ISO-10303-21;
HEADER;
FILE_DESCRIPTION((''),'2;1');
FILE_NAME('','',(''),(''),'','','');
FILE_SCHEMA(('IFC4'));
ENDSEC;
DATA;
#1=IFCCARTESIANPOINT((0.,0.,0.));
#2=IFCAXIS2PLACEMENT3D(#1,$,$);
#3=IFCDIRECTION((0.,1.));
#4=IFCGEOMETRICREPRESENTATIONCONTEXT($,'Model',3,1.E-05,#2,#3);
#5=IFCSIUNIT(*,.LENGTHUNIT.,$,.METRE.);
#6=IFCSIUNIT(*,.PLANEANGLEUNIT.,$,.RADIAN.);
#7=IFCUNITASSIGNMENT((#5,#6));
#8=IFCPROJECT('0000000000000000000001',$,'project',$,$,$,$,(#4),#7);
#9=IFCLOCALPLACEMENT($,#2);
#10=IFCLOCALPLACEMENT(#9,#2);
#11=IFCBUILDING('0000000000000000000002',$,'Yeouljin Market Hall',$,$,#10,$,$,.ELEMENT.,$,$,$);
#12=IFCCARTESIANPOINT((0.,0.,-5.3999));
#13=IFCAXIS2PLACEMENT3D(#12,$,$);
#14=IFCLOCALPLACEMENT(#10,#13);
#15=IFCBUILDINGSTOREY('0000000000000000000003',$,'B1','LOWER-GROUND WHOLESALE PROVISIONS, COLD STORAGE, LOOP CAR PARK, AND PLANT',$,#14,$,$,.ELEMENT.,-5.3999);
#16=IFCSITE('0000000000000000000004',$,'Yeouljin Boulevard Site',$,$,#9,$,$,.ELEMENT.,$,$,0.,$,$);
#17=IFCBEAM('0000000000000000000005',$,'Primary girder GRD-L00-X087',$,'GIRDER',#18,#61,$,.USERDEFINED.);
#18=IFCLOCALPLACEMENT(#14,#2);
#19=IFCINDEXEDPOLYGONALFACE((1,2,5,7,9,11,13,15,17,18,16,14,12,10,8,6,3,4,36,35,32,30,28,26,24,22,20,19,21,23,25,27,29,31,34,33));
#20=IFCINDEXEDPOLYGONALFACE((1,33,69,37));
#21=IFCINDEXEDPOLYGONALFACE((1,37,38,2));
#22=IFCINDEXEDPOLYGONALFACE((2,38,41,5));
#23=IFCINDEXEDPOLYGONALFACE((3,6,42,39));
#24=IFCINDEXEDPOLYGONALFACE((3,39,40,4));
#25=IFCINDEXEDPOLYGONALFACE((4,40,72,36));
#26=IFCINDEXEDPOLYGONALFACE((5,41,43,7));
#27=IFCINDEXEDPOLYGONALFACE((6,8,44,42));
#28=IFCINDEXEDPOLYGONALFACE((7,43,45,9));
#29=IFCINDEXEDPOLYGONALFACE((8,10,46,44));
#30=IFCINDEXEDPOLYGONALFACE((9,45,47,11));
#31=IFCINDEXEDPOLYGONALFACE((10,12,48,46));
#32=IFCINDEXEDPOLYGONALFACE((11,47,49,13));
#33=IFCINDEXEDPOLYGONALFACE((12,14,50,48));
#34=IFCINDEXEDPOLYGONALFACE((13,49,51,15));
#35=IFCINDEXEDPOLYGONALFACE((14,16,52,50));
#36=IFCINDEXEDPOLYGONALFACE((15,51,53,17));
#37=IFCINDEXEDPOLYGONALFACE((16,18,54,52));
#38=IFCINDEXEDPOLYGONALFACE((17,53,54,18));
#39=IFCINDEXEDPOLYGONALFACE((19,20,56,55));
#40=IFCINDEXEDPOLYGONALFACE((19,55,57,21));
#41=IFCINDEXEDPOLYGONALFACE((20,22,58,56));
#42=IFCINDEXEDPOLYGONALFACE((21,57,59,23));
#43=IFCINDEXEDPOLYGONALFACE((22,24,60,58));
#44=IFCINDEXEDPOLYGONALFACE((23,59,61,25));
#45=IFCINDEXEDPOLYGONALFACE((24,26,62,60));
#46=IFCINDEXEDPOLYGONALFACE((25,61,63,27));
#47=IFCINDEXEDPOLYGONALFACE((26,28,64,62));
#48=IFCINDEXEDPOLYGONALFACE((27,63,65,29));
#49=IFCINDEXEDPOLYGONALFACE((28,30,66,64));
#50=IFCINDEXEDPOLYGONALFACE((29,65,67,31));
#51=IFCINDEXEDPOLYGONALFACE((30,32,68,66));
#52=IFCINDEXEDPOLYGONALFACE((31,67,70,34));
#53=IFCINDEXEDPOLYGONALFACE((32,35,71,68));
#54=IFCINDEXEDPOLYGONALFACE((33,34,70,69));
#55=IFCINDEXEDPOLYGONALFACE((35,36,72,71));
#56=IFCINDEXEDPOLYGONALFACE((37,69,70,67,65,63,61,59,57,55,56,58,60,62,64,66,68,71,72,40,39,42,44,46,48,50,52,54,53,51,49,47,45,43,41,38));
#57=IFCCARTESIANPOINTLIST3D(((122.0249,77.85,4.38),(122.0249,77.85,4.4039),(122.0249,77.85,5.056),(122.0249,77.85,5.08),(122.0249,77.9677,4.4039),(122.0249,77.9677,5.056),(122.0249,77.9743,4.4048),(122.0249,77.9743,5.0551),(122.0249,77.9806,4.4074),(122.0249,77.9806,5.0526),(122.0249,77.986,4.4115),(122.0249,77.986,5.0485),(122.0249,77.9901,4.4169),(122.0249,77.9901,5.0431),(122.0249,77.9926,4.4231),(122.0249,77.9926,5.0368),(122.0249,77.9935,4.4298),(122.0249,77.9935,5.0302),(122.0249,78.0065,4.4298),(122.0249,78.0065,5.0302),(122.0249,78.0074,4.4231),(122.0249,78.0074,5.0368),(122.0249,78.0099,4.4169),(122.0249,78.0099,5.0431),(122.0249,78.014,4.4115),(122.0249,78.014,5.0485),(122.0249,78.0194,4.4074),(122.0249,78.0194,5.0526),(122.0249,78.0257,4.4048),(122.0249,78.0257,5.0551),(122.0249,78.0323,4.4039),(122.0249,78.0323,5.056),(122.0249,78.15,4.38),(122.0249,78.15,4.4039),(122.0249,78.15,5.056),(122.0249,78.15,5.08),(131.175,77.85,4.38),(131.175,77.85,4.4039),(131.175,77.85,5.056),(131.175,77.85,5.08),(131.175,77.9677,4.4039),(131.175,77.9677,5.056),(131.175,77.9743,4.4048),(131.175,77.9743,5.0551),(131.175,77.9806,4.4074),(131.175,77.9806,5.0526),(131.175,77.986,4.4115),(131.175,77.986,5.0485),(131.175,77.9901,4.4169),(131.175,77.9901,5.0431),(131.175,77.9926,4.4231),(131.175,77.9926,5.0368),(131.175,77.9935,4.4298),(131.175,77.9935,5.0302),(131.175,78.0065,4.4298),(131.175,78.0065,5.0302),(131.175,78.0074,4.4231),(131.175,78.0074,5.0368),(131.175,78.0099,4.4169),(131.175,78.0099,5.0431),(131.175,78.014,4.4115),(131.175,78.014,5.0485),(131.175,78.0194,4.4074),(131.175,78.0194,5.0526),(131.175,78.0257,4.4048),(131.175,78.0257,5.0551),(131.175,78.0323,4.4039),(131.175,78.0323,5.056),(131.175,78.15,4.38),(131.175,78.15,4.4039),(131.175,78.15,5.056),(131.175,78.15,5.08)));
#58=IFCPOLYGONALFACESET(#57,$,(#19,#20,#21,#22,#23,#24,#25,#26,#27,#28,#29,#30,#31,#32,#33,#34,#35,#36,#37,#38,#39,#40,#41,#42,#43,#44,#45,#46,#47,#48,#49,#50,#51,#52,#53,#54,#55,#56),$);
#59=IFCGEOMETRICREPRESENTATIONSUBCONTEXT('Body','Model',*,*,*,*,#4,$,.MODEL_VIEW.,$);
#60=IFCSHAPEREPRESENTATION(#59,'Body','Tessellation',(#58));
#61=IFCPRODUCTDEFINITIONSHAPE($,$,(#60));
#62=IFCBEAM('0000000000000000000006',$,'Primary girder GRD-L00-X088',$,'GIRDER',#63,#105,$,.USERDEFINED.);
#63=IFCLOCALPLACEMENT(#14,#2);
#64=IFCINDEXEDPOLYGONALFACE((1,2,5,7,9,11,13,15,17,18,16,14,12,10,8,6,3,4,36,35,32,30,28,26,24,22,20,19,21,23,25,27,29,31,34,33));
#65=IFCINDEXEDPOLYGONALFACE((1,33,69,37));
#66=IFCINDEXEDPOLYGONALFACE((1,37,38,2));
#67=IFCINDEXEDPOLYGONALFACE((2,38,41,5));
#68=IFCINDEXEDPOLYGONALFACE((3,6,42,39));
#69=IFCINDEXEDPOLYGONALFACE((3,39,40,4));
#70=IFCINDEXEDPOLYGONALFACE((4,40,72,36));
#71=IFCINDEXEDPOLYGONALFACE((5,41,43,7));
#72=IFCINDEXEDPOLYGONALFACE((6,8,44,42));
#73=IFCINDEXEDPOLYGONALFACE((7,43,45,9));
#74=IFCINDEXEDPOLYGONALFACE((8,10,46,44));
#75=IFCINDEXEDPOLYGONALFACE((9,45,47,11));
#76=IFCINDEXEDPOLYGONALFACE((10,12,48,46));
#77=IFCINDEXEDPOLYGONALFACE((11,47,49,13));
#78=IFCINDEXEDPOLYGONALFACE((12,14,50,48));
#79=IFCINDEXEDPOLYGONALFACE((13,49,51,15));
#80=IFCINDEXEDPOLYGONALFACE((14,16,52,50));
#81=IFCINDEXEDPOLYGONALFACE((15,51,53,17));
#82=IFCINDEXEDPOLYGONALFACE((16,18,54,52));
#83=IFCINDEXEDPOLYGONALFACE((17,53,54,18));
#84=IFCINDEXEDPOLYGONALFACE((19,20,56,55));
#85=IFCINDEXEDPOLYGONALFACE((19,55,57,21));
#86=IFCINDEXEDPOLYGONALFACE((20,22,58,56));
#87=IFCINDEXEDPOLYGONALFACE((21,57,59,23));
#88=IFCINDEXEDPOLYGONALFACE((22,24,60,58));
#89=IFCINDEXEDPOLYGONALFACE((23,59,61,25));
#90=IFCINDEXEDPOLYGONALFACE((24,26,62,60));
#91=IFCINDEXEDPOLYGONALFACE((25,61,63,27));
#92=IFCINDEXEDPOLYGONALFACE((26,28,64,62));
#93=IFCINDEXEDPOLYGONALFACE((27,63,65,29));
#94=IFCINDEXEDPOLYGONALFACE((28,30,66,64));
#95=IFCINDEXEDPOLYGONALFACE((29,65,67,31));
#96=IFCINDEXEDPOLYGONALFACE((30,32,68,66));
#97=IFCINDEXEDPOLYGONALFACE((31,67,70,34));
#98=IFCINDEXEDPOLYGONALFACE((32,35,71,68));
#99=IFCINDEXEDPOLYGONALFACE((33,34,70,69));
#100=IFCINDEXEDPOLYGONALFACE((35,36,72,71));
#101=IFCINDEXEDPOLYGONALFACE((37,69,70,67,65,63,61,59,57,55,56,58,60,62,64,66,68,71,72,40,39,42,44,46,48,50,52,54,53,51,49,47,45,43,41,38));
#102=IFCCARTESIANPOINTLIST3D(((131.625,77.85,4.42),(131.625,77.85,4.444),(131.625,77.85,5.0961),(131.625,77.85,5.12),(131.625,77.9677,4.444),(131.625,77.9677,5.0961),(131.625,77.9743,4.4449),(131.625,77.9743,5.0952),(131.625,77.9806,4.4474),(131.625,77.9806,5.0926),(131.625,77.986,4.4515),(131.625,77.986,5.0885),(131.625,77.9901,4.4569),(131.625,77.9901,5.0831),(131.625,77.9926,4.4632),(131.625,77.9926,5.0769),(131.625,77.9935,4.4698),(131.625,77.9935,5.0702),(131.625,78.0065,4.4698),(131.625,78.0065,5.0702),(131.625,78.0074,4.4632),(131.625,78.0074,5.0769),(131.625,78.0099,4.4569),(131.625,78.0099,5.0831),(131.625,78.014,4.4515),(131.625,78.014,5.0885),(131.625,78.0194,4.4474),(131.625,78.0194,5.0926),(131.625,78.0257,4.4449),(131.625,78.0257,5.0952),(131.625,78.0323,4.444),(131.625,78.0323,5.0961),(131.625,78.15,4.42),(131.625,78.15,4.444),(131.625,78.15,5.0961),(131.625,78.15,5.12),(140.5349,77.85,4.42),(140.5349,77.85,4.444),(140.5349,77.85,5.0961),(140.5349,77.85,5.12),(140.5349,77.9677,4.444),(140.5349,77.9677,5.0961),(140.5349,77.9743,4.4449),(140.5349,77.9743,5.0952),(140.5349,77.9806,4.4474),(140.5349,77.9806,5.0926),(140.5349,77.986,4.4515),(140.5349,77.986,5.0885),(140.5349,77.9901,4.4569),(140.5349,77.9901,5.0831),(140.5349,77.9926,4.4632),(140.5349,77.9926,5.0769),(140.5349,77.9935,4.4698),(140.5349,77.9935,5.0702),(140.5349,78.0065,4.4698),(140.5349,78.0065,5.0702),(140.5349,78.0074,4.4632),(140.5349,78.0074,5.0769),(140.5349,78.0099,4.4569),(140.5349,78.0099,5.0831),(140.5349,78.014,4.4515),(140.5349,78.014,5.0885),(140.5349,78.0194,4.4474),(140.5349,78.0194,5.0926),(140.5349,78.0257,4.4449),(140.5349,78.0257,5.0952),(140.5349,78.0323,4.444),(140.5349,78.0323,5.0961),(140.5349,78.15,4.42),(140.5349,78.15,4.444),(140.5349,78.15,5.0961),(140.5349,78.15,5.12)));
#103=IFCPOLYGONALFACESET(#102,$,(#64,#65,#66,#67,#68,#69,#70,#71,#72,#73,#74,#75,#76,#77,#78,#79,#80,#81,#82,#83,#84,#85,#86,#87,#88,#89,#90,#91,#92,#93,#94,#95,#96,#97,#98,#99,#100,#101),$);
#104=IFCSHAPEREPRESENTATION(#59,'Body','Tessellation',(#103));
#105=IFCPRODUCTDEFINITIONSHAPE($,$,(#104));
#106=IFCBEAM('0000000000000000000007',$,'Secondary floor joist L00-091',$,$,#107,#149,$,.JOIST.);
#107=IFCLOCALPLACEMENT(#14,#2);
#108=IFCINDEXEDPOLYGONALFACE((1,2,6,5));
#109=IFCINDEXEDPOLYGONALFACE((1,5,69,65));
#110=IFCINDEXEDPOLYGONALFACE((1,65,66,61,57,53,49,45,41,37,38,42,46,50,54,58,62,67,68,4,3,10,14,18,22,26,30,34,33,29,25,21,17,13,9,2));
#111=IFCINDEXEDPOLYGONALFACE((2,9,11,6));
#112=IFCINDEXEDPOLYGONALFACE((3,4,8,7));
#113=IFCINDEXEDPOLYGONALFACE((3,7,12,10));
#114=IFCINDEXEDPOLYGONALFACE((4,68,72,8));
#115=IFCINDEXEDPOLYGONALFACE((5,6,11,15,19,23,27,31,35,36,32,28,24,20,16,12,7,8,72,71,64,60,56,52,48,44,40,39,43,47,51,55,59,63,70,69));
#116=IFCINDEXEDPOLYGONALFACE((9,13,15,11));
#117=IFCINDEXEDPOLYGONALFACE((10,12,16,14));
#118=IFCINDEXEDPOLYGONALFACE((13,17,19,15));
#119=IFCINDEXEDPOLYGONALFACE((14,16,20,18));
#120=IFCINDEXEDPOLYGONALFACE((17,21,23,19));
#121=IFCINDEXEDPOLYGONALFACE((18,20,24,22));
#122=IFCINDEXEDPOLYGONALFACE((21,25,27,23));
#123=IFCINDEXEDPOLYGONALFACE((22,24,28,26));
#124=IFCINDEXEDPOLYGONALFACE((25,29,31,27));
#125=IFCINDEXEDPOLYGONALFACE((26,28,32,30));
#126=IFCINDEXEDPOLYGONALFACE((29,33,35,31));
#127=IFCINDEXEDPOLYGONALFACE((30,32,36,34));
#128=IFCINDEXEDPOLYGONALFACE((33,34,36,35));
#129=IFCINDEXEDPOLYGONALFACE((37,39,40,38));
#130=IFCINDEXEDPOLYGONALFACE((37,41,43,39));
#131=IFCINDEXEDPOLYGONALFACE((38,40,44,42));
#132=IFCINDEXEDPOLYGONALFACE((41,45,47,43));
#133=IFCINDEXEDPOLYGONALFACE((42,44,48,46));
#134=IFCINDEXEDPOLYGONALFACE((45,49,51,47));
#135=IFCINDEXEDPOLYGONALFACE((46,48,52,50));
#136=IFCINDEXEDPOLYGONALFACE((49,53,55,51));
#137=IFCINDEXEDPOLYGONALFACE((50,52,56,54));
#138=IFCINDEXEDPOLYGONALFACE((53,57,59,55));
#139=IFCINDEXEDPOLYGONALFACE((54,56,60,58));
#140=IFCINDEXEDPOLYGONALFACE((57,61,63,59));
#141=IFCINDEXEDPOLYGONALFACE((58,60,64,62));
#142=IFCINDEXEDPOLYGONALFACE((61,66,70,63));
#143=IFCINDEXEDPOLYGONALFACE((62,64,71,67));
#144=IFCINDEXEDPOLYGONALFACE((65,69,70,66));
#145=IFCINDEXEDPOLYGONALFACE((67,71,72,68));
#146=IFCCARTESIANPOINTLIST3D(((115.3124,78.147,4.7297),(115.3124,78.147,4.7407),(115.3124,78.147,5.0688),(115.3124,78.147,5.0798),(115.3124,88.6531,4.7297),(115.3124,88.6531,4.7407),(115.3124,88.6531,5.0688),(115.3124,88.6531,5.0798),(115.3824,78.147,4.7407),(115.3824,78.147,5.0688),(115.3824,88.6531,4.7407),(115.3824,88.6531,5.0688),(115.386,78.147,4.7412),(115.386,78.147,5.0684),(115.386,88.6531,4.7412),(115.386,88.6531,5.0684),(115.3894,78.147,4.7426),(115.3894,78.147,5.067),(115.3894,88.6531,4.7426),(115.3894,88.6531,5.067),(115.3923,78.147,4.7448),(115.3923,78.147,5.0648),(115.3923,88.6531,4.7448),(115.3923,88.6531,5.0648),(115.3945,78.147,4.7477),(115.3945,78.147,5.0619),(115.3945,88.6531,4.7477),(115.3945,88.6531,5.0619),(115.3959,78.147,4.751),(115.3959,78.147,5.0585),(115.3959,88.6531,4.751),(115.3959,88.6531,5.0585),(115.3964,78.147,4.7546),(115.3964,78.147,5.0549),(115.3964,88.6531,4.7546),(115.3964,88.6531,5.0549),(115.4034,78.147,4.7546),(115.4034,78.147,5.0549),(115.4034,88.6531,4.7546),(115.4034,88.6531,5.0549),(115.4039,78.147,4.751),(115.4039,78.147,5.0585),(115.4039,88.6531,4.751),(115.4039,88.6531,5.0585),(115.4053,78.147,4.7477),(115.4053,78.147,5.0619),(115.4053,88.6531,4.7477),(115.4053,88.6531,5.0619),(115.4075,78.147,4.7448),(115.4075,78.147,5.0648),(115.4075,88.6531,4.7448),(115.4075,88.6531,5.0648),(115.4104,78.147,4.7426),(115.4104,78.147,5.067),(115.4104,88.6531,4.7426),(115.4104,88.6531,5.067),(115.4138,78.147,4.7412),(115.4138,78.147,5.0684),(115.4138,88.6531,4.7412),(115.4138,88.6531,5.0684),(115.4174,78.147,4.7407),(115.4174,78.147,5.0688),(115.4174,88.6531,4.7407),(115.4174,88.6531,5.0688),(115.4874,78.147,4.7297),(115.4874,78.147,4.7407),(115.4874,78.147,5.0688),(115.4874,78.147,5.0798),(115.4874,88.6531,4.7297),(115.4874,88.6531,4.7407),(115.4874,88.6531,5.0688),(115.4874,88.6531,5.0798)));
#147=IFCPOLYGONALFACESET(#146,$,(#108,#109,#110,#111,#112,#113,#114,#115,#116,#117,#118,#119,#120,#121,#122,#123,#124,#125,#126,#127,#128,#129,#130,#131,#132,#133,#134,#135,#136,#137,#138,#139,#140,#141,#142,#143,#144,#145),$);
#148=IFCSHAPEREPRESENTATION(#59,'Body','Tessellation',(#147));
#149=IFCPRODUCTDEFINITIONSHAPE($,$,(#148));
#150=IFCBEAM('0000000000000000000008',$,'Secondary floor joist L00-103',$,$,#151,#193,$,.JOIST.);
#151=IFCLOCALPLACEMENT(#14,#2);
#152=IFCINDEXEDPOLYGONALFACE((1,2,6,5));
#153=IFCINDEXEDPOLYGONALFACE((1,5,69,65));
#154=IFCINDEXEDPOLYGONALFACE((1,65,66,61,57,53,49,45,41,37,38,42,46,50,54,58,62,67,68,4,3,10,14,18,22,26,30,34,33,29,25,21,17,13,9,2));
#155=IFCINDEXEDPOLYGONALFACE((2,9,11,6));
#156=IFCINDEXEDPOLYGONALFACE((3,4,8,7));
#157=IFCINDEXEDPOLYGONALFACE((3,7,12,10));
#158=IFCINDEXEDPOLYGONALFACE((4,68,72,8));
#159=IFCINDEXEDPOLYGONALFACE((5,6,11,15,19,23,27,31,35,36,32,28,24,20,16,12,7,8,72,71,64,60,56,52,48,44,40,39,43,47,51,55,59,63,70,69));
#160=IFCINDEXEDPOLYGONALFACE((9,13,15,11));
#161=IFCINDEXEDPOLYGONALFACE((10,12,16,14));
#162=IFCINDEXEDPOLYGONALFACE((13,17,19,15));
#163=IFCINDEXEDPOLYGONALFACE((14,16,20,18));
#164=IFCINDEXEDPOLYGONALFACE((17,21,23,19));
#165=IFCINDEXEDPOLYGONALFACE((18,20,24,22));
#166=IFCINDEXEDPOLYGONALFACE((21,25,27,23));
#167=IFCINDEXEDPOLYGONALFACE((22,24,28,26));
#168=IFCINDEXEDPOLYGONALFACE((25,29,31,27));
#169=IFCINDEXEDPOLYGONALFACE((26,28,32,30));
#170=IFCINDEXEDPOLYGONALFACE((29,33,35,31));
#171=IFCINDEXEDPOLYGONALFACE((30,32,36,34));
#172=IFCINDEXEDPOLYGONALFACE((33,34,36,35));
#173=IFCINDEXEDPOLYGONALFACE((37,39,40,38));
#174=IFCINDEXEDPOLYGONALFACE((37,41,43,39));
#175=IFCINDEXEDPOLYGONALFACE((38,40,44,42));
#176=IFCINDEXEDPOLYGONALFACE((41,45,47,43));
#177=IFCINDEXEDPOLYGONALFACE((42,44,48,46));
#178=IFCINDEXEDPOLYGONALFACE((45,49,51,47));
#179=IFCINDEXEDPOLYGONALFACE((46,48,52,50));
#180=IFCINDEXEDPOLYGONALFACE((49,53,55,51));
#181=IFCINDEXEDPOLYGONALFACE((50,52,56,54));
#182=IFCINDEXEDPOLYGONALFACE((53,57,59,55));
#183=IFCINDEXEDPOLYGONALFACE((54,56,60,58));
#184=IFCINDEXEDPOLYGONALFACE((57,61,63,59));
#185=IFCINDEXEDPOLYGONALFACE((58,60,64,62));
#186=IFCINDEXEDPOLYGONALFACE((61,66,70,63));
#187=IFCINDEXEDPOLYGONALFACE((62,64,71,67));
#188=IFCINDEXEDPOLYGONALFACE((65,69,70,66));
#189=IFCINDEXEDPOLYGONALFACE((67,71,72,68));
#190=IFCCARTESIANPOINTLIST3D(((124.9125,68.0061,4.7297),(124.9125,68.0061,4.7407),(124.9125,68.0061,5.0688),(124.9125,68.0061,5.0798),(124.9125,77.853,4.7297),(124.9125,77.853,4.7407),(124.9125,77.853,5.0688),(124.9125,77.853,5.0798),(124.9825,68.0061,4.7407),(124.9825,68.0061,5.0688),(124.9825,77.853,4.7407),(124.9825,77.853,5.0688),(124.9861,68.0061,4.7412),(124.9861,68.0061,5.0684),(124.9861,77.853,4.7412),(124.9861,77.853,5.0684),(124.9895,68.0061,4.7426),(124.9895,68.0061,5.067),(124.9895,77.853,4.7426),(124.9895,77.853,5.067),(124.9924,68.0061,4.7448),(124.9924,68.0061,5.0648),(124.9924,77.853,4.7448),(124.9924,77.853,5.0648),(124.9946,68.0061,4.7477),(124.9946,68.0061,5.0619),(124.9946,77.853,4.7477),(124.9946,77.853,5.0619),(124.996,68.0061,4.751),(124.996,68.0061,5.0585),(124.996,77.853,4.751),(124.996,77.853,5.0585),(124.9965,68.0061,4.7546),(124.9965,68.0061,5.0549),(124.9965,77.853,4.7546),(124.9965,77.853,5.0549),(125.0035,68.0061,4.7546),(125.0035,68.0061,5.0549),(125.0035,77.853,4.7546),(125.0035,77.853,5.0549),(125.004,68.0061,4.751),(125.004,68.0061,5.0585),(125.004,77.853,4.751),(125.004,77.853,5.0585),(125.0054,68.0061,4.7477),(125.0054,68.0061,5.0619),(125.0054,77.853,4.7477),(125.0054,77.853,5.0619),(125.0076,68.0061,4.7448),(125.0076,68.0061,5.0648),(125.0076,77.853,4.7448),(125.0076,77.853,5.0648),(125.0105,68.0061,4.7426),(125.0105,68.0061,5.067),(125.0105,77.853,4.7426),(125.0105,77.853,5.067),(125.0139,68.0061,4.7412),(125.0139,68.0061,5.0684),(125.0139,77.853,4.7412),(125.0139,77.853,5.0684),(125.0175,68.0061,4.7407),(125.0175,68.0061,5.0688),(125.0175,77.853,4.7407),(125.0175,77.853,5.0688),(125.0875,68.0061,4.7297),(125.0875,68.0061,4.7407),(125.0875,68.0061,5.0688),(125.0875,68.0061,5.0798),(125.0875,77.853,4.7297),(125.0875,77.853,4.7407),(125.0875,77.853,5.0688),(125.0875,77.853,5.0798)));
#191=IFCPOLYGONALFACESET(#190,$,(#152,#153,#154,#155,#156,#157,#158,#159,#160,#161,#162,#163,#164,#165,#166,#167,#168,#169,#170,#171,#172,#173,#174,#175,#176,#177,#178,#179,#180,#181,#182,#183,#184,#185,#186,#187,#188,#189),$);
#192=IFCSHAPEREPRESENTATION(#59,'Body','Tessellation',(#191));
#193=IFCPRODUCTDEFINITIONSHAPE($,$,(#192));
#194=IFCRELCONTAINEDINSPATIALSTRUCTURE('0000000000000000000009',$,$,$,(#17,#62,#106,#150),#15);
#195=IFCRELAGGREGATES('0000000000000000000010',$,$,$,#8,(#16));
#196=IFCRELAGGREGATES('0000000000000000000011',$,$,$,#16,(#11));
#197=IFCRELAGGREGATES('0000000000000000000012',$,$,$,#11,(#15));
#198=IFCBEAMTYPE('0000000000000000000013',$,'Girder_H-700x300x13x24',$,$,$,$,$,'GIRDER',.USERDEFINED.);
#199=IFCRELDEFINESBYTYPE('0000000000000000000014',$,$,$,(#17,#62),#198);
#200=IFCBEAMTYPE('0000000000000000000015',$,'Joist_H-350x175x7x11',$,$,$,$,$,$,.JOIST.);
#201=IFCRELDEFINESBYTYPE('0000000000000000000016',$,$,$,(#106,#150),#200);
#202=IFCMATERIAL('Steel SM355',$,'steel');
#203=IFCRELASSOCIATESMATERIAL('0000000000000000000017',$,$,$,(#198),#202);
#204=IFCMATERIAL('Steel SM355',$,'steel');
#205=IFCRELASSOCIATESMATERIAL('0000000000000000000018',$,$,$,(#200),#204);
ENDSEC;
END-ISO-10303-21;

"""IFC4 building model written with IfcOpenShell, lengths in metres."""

from ifc_helpers import new_model, si_unit, direction, frame, origin, origin_2d, place, context, subcontext, project, spatial, i_section, extrude, material, material_profile, profile_set, type_object, element, save


model = new_model("IFC4")

# Units and contexts
model_context = context("Model", 3, precision=1e-05, world=origin(), true_north=direction((0.0, 1.0)))
body_context = subcontext(model_context, "Body", "Model", "MODEL_VIEW")
ifc_project = project(units=[si_unit("LENGTHUNIT", "METRE"), si_unit("PLANEANGLEUNIT", "RADIAN")], contexts=[model_context])

# Site, building, storey
site_placement = place(None, origin())
site = spatial("IfcSite", under=ifc_project, at=site_placement, Name="Yeouljin Boulevard Site", CompositionType="ELEMENT", RefElevation=0.0)
building_placement = place(site_placement, origin())
building = spatial("IfcBuilding", under=site, at=building_placement, Name="Yeouljin Market Hall", CompositionType="ELEMENT")
storey_placement = place(building_placement, frame((0.0, 0.0, -5.3999)))
storey = spatial("IfcBuildingStorey", under=building, at=storey_placement, Name="B1", Description="LOWER-GROUND WHOLESALE PROVISIONS, COLD STORAGE, LOOP CAR PARK, AND PLANT", CompositionType="ELEMENT", Elevation=-5.3999)

# Beams
ifc_material_1 = material(Name="Steel SM355", Category="steel")
ifc_material_profile_1 = material_profile(ifc_material_1, i_section(OverallWidth=0.3, OverallDepth=0.7, WebThickness=0.0129, FlangeThickness=0.0239, FilletRadius=0.0259, at=origin_2d()), Name="H-700x300x13x24")
ifc_profile_set_1 = profile_set([ifc_material_profile_1], Name="Steel SM355")
beam_type_1 = type_object("IfcBeamType", Name="Girder_H-700x300x13x24", ElementType="GIRDER", PredefinedType="USERDEFINED", material=ifc_profile_set_1)
beam_1_placement = place(storey_placement, frame((122.0249, 78.0, 4.73), z_axis=(1.0, 0.0, 0.0), x_axis=(0.0, 1.0, 0.0)))
element("IfcBeam", 1, at=beam_1_placement, inside=storey, type_object=beam_type_1, Name="Primary girder GRD-L00-X087", ObjectType="GIRDER", PredefinedType="USERDEFINED", context=body_context, shape_type="SweptSolid", body=[
    extrude(i_section(OverallWidth=0.3, OverallDepth=0.7, WebThickness=0.0129, FlangeThickness=0.0239, FilletRadius=0.0259, at=origin_2d()), origin(), (0.0, 0.0, 1.0), 9.1501),
])
beam_2_placement = place(storey_placement, frame((131.625, 78.0, 4.77), z_axis=(1.0, 0.0, 0.0), x_axis=(0.0, 1.0, 0.0)))
element("IfcBeam", 2, at=beam_2_placement, inside=storey, type_object=beam_type_1, Name="Primary girder GRD-L00-X088", ObjectType="GIRDER", PredefinedType="USERDEFINED", context=body_context, shape_type="SweptSolid", body=[
    extrude(i_section(OverallWidth=0.3, OverallDepth=0.7, WebThickness=0.0129, FlangeThickness=0.0239, FilletRadius=0.0259, at=origin_2d()), origin(), (0.0, 0.0, 1.0), 8.9099),
])
ifc_material_2 = material(Name="Steel SM355", Category="steel")
ifc_material_profile_2 = material_profile(ifc_material_2, i_section(OverallWidth=0.175, OverallDepth=0.3501, WebThickness=0.0071, FlangeThickness=0.011, FilletRadius=0.0139, at=origin_2d()), Name="H-350x175x7x11")
ifc_profile_set_2 = profile_set([ifc_material_profile_2], Name="Steel SM355")
beam_type_2 = type_object("IfcBeamType", Name="Joist_H-350x175x7x11", PredefinedType="JOIST", material=ifc_profile_set_2)
beam_3_placement = place(storey_placement, frame((115.3999, 78.147, 4.9048), z_axis=(0.0, 1.0, 0.0), x_axis=(-1.0, 0.0, 0.0)))
element("IfcBeam", 3, at=beam_3_placement, inside=storey, type_object=beam_type_2, Name="Secondary floor joist L00-091", PredefinedType="JOIST", context=body_context, shape_type="SweptSolid", body=[
    extrude(i_section(OverallWidth=0.175, OverallDepth=0.3501, WebThickness=0.0071, FlangeThickness=0.011, FilletRadius=0.0139, at=origin_2d()), origin(), (0.0, 0.0, 1.0), 10.5061),
])
for number, where, z_axis, x_axis, name in (
    (4, (125.0, 68.0061, 4.9048), (0.0, 1.0, 0.0), (-1.0, 0.0, 0.0), "Secondary floor joist L00-103"),
):
    element("IfcBeam", number, at=place(storey_placement, frame(where, z_axis=z_axis, x_axis=x_axis)), inside=storey, type_object=beam_type_2, Name=name, PredefinedType="JOIST", context=body_context, shape_type="SweptSolid", body=[
        extrude(i_section(OverallWidth=0.175, OverallDepth=0.3501, WebThickness=0.0071, FlangeThickness=0.011, FilletRadius=0.0139, at=origin_2d()), origin(), (0.0, 0.0, 1.0), 9.8469),
    ])

save(model, "model.ifc")
